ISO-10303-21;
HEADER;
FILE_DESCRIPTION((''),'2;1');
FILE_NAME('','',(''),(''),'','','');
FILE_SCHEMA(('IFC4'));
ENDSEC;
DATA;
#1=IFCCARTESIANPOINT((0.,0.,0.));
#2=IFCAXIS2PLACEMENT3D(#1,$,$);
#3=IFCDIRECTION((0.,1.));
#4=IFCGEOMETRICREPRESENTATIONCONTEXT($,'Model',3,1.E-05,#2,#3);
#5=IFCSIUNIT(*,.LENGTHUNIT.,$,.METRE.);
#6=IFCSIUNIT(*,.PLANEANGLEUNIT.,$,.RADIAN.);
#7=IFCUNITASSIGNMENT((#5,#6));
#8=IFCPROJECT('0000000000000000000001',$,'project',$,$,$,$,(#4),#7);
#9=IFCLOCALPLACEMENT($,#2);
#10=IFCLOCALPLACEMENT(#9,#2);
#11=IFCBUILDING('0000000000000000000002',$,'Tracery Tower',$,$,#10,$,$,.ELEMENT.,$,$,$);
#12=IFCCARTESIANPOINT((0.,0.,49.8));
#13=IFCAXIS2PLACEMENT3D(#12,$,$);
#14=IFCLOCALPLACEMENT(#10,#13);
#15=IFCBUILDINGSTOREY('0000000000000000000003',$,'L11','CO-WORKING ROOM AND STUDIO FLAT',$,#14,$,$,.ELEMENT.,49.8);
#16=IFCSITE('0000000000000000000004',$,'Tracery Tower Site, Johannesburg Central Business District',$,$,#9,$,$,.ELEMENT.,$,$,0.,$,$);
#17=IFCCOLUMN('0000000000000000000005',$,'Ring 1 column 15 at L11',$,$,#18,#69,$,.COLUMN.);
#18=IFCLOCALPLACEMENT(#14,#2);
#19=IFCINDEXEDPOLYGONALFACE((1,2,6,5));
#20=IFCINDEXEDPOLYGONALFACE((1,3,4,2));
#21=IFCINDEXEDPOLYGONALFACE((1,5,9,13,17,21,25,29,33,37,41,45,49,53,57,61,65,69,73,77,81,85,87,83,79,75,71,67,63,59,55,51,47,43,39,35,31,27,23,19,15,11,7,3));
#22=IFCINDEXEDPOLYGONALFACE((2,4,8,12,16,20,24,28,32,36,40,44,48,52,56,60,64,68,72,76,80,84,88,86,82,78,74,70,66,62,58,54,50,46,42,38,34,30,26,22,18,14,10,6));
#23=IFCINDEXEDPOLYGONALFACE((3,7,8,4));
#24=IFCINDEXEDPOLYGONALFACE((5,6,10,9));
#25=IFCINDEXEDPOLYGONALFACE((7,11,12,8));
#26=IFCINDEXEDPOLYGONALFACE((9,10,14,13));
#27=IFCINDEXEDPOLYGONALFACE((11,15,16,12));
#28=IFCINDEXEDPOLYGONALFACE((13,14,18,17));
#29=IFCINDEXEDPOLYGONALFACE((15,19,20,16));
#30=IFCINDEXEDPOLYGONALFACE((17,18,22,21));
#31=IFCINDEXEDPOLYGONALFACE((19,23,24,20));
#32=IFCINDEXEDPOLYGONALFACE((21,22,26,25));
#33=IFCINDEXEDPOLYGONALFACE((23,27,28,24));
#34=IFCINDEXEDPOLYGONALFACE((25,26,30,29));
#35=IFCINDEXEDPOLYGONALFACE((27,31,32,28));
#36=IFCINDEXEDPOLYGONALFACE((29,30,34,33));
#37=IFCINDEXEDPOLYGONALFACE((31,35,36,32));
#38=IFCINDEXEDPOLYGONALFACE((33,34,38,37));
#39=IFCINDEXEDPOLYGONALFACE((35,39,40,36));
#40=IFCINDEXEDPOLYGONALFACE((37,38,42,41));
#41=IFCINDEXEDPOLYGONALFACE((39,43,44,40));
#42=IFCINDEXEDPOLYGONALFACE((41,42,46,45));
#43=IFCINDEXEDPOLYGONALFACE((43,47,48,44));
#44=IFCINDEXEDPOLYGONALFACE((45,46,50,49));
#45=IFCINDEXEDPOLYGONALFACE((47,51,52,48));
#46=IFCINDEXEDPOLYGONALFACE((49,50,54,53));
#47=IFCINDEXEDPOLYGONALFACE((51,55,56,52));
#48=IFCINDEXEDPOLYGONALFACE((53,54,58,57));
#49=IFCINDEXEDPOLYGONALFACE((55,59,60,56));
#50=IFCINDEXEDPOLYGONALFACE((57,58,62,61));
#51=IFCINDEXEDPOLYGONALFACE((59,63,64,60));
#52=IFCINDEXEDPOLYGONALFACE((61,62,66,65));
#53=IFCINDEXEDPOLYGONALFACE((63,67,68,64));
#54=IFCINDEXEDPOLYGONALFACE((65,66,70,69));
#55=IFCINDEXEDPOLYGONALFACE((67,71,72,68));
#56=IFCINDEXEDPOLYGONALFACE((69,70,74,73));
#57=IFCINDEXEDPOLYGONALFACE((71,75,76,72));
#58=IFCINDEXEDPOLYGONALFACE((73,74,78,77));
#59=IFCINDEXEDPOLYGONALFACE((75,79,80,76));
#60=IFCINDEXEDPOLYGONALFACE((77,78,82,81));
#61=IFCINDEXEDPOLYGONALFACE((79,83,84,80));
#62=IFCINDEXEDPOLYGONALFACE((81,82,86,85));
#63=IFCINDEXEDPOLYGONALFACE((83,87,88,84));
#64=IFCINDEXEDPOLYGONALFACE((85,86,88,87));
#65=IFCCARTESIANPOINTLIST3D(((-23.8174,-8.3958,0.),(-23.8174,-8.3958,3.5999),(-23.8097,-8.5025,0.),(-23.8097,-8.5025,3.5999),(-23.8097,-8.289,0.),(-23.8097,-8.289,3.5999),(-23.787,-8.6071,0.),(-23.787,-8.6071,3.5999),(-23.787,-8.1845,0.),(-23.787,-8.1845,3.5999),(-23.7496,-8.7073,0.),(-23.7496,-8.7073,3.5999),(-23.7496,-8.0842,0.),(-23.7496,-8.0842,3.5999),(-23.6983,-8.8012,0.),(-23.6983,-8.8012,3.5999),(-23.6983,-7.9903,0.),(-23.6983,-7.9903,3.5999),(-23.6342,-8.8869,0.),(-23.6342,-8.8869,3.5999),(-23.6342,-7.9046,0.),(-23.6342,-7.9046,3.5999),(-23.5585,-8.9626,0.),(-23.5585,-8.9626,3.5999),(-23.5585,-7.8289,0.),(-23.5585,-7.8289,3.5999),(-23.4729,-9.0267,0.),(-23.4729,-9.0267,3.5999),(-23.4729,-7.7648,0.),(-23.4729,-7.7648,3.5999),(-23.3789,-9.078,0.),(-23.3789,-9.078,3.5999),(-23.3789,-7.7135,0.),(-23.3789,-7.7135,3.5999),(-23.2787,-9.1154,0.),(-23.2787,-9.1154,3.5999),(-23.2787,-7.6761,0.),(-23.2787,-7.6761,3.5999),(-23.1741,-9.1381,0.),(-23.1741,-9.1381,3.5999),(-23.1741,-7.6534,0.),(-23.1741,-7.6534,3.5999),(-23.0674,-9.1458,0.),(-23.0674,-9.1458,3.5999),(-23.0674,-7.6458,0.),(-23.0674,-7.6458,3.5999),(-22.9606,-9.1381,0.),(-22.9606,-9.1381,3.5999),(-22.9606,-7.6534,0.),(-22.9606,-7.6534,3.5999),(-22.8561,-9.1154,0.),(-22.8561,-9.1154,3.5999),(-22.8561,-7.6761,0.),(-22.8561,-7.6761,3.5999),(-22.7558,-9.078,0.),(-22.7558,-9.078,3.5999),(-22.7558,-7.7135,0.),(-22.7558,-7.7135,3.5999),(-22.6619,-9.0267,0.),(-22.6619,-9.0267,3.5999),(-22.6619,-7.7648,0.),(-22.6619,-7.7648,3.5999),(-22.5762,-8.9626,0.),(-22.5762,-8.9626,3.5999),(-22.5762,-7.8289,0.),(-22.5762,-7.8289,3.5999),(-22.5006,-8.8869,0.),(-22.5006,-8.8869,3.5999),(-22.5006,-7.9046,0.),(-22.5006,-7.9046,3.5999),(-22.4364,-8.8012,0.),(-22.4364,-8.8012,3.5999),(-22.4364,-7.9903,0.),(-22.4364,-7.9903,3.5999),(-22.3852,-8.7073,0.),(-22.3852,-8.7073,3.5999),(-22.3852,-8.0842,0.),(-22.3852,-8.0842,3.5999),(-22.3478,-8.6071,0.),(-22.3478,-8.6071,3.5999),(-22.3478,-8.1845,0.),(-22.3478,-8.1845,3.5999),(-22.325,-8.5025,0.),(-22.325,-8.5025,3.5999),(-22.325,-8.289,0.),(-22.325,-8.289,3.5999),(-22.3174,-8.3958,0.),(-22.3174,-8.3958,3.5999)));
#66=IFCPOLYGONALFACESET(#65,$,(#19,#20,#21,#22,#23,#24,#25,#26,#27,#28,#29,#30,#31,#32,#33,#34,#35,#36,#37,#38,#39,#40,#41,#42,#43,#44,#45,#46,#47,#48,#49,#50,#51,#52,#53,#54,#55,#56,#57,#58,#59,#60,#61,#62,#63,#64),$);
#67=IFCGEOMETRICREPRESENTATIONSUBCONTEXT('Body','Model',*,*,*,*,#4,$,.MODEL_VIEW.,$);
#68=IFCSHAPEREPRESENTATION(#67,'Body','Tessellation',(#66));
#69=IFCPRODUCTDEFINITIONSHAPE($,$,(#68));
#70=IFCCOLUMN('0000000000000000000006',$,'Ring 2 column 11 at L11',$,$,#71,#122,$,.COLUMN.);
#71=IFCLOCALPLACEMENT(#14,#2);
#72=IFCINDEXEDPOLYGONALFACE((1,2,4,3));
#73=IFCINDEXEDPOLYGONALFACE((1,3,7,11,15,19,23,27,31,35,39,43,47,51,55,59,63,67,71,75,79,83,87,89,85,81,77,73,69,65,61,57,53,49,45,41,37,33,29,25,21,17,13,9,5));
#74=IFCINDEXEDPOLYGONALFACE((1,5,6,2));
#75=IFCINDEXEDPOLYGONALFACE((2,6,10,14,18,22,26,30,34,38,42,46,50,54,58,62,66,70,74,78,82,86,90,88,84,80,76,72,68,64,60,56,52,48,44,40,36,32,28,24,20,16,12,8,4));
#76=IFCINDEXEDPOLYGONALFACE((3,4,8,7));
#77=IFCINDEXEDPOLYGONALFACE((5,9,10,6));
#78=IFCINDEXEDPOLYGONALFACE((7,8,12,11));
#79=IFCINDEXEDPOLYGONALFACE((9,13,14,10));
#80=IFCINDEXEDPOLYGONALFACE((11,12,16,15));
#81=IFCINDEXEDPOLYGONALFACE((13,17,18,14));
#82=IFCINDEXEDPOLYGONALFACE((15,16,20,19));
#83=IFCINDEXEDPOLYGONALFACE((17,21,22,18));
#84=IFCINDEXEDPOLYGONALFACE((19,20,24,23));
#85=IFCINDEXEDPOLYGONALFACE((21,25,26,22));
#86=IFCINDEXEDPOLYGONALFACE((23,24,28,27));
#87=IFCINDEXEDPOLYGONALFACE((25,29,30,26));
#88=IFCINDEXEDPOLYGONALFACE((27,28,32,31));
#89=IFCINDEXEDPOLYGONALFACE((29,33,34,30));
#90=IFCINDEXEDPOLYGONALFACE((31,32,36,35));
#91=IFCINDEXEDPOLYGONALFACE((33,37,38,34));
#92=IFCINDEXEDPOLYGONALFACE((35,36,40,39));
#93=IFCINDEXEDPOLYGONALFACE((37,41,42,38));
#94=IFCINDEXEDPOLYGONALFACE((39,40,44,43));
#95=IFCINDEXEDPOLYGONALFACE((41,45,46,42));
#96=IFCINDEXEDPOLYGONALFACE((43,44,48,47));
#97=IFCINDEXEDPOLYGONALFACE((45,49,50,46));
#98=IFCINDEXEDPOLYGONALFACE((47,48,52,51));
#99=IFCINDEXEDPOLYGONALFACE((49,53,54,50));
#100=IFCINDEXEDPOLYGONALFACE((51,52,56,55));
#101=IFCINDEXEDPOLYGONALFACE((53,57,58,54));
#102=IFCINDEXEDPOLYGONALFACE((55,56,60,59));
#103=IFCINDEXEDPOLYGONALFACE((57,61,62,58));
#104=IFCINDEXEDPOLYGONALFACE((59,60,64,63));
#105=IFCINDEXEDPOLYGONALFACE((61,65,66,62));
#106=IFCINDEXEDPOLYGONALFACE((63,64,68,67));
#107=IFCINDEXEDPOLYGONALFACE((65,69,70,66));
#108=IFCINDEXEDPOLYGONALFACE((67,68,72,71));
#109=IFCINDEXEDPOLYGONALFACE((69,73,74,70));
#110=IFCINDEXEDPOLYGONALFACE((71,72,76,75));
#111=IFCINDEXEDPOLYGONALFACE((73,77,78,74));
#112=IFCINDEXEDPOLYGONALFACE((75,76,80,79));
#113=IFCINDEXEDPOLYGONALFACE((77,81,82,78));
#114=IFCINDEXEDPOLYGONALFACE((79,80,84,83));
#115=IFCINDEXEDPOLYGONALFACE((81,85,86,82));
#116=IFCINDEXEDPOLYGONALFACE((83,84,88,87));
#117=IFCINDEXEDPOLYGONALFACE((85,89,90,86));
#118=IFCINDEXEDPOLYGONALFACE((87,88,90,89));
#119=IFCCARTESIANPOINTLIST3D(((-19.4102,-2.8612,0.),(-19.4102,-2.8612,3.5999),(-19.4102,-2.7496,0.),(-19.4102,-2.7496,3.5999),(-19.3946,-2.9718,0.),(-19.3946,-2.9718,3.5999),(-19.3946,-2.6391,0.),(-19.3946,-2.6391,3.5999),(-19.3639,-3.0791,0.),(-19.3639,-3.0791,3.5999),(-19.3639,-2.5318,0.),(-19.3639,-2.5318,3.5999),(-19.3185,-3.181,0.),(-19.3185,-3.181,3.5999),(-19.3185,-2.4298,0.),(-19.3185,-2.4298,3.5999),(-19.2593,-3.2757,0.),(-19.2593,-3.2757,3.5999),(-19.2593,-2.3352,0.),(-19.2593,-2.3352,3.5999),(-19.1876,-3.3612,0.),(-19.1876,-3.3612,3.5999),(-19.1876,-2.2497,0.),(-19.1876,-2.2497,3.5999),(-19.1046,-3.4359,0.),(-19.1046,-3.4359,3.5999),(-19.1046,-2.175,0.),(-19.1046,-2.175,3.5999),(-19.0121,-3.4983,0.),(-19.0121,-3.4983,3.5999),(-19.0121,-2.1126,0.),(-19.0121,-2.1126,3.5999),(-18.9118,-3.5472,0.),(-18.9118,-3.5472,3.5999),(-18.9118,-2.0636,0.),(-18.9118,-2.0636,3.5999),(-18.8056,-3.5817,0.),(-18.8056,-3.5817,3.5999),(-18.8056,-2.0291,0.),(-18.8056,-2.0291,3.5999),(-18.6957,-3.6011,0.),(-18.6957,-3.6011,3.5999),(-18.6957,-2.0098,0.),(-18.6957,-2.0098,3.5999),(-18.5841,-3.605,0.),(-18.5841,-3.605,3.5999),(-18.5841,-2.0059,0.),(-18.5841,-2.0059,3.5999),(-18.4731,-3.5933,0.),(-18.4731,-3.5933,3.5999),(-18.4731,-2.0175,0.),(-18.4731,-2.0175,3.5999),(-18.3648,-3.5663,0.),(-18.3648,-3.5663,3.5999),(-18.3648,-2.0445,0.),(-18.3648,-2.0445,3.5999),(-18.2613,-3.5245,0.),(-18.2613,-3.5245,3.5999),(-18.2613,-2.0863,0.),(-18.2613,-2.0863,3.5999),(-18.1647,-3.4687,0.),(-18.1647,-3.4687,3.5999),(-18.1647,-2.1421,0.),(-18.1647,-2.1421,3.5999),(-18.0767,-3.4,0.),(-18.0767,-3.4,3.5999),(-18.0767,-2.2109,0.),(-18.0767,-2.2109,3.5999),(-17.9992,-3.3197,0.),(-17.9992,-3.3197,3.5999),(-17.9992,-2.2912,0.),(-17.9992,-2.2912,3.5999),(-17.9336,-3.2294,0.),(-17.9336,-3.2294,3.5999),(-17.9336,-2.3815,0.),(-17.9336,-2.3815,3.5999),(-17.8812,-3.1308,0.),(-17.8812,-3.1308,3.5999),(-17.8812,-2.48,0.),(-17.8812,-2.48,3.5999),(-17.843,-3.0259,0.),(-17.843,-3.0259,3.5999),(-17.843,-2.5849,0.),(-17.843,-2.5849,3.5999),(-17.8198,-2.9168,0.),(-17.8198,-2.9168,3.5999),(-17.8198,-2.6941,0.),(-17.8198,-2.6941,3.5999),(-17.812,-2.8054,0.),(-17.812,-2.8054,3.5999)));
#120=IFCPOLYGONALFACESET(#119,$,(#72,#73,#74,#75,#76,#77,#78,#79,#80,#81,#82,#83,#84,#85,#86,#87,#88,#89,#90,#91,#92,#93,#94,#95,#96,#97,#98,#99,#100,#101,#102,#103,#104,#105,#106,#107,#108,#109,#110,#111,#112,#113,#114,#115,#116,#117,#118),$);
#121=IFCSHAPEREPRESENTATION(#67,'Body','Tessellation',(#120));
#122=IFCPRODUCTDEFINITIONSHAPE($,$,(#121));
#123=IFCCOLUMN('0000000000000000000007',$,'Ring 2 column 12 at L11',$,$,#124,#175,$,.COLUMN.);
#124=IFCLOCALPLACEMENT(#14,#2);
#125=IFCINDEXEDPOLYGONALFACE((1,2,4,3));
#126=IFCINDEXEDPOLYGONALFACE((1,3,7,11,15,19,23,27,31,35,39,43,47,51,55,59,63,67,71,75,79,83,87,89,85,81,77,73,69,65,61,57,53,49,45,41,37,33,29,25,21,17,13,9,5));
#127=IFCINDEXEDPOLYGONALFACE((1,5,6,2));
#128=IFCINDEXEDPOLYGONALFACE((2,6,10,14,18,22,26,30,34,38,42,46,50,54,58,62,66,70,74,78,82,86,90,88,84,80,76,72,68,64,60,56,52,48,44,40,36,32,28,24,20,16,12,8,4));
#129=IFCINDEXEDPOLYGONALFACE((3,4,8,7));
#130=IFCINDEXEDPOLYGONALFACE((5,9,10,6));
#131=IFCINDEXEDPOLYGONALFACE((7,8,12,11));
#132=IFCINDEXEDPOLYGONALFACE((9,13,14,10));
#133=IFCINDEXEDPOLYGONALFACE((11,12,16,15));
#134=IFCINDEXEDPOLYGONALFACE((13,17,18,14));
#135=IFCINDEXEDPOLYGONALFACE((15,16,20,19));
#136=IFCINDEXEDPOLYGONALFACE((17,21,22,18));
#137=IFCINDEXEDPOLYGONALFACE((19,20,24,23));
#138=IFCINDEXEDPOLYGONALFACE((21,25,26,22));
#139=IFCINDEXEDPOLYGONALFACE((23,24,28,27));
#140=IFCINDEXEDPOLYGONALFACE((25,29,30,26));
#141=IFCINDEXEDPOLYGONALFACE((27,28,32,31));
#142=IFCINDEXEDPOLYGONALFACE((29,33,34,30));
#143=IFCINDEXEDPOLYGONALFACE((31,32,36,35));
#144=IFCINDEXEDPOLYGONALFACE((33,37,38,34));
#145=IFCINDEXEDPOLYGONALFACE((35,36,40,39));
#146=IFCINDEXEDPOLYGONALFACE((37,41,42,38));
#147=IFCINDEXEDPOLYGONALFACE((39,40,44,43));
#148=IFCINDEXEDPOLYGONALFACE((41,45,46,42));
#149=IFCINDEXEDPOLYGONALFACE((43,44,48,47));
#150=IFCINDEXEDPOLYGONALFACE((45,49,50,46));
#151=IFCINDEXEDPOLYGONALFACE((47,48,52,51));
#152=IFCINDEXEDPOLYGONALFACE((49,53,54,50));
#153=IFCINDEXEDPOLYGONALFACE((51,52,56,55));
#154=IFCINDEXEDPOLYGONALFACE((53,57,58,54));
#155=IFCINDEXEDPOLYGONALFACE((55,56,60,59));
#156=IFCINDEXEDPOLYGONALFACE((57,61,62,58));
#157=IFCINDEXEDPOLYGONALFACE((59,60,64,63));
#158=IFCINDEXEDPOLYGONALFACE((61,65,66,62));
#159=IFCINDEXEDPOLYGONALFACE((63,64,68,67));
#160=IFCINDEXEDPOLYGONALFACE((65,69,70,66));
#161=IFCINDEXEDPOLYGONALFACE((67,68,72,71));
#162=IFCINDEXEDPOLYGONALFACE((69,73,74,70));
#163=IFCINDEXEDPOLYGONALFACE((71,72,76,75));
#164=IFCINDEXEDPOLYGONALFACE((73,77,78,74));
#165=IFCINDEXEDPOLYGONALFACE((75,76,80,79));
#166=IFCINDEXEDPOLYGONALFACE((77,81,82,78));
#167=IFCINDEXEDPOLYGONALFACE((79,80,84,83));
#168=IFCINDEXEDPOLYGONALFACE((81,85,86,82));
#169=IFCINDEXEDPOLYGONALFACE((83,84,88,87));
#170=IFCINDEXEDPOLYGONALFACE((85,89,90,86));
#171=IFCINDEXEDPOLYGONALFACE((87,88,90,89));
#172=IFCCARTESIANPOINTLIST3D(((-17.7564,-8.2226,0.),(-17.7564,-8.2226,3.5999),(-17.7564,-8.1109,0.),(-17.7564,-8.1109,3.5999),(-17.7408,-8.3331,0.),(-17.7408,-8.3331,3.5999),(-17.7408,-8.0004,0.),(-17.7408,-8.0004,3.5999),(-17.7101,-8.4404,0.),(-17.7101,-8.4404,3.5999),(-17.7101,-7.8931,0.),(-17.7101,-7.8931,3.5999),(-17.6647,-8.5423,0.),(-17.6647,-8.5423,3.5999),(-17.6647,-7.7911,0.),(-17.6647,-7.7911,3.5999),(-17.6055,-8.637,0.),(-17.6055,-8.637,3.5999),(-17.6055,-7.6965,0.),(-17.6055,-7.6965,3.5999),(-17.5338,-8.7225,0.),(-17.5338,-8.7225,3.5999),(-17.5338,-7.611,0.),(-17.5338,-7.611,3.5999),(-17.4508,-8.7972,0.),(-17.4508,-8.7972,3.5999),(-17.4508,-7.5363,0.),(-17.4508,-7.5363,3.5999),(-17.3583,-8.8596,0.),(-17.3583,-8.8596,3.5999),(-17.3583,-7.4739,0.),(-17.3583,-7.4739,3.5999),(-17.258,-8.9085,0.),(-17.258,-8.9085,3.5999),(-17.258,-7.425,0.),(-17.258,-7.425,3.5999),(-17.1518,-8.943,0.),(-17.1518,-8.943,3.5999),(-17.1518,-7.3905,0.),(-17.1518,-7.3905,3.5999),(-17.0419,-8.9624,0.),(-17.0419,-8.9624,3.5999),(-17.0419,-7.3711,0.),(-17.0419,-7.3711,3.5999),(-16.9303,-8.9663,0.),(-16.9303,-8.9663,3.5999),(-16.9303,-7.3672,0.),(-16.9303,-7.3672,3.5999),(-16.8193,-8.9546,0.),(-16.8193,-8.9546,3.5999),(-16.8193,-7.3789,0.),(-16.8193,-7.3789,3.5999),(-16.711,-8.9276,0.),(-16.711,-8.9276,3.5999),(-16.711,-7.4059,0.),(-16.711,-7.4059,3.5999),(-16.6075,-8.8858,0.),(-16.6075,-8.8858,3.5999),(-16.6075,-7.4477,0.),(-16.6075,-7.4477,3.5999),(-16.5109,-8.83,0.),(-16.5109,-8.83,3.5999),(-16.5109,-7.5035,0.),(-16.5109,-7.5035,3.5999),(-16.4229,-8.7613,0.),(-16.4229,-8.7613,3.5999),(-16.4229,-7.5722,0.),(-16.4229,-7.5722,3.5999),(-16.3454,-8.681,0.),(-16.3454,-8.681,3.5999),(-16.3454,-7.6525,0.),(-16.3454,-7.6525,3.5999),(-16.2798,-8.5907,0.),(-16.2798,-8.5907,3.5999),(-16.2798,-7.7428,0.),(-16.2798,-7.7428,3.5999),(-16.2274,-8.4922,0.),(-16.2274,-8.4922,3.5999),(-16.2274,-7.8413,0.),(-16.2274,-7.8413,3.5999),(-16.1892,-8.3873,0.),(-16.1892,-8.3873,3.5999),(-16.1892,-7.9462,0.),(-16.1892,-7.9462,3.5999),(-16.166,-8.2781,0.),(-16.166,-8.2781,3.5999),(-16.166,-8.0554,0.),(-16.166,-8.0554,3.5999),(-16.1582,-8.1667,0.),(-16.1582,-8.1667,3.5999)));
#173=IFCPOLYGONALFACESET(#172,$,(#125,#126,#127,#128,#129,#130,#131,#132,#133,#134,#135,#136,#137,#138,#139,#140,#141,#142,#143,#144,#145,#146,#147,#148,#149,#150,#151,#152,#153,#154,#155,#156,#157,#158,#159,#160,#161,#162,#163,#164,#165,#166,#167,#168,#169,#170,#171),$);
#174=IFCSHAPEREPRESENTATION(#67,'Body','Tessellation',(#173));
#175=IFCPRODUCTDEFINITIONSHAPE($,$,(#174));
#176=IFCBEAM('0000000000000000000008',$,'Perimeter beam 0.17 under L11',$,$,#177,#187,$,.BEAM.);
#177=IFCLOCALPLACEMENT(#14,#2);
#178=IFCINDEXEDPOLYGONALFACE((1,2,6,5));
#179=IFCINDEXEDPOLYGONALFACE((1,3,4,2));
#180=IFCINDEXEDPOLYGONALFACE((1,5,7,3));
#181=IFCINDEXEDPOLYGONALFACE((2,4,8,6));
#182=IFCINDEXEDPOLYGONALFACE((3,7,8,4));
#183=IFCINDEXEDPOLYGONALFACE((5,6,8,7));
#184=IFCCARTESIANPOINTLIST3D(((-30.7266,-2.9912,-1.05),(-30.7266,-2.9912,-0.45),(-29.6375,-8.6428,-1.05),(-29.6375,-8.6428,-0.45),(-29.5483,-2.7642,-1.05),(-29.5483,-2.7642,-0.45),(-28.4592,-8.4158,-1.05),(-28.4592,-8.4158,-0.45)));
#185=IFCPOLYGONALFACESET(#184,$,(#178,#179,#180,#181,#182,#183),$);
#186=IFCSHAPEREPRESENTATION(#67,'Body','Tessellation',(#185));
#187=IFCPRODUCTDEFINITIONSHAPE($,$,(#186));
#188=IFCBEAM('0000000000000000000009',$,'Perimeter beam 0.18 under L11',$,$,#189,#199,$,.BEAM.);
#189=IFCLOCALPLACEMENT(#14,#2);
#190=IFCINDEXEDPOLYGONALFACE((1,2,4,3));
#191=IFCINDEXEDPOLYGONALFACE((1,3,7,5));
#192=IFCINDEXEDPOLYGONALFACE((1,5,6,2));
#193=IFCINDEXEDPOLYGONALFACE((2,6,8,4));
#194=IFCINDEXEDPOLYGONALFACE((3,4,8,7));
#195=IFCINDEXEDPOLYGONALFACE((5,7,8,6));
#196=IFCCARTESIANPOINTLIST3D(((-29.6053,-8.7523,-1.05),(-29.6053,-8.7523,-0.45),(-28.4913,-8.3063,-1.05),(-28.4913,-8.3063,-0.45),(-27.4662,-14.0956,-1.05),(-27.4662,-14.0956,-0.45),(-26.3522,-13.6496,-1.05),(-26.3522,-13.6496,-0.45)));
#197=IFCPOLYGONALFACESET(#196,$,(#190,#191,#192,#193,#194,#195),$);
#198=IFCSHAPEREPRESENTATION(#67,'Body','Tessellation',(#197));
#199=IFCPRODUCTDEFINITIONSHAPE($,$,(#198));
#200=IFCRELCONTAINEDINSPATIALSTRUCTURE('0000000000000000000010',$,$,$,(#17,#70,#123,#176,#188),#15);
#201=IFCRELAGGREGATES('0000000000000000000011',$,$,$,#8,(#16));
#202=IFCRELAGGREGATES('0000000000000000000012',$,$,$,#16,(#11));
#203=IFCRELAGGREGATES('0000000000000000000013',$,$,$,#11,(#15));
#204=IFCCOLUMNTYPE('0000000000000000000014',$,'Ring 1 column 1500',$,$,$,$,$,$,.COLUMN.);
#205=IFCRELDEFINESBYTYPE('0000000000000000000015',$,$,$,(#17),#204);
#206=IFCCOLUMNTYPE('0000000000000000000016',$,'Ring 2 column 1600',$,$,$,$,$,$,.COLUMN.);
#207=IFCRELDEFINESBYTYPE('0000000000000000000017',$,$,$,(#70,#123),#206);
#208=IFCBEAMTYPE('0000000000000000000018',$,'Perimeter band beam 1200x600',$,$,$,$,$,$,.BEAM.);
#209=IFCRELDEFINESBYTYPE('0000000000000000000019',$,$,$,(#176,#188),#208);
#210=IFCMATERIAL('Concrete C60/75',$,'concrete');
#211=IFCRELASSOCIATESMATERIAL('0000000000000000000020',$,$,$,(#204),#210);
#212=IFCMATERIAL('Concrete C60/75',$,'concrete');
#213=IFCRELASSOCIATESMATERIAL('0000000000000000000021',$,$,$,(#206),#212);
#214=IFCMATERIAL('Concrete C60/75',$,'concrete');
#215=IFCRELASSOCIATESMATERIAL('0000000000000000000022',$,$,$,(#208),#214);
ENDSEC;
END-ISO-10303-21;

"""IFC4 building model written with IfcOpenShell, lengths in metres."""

from ifc_helpers import new_model, si_unit, direction, frame, origin, origin_2d, place, context, subcontext, project, spatial, rectangle, circle, extrude, material, material_profile, profile_set, type_object, element, save


model = new_model("IFC4")

# Units and contexts
model_context = context("Model", 3, precision=1e-05, world=origin(), true_north=direction((0.0, 1.0)))
body_context = subcontext(model_context, "Body", "Model", "MODEL_VIEW")
ifc_project = project(units=[si_unit("LENGTHUNIT", "METRE"), si_unit("PLANEANGLEUNIT", "RADIAN")], contexts=[model_context])

# Site, building, storey
site_placement = place(None, origin())
site = spatial("IfcSite", under=ifc_project, at=site_placement, Name="Tracery Tower Site, Johannesburg Central Business District", CompositionType="ELEMENT", RefElevation=0.0)
building_placement = place(site_placement, origin())
building = spatial("IfcBuilding", under=site, at=building_placement, Name="Tracery Tower", CompositionType="ELEMENT")
storey_placement = place(building_placement, frame((0.0, 0.0, 49.8)))
storey = spatial("IfcBuildingStorey", under=building, at=storey_placement, Name="L11", Description="CO-WORKING ROOM AND STUDIO FLAT", CompositionType="ELEMENT", Elevation=49.8)

# Columns
ifc_material_1 = material(Name="Concrete C60/75", Category="concrete")
ifc_material_profile_1 = material_profile(ifc_material_1, circle(Radius=0.75, at=origin_2d()), Name="RC D1500")
ifc_profile_set_1 = profile_set([ifc_material_profile_1], Name="Concrete C60/75")
column_type_1 = type_object("IfcColumnType", Name="Ring 1 column 1500", PredefinedType="COLUMN", material=ifc_profile_set_1)
for number, where, z_axis, x_axis, name in (
    (1, (-23.0674, -8.3958, 0.0), (0.0, 0.0, 1.0), (1.0, 0.0, 0.0), "Ring 1 column 15 at L11"),
):
    element("IfcColumn", number, at=place(storey_placement, frame(where, z_axis=z_axis, x_axis=x_axis)), inside=storey, type_object=column_type_1, Name=name, PredefinedType="COLUMN", context=body_context, shape_type="SweptSolid", body=[
        extrude(circle(Radius=0.75, at=origin_2d()), origin(), (0.0, 0.0, 1.0), 3.5999),
    ])
ifc_material_2 = material(Name="Concrete C60/75", Category="concrete")
ifc_material_profile_2 = material_profile(ifc_material_2, circle(Radius=0.8, at=origin_2d()), Name="RC D1600")
ifc_profile_set_2 = profile_set([ifc_material_profile_2], Name="Concrete C60/75")
column_type_2 = type_object("IfcColumnType", Name="Ring 2 column 1600", PredefinedType="COLUMN", material=ifc_profile_set_2)
for number, where, z_axis, x_axis, name in (
    (2, (-18.6121, -2.8054, 0.0), (0.0, 0.0, 1.0), (1.0, 0.0, 0.0), "Ring 2 column 11 at L11"),
    (3, (-16.9583, -8.1667, 0.0), (0.0, 0.0, 1.0), (1.0, 0.0, 0.0), "Ring 2 column 12 at L11"),
):
    element("IfcColumn", number, at=place(storey_placement, frame(where, z_axis=z_axis, x_axis=x_axis)), inside=storey, type_object=column_type_2, Name=name, PredefinedType="COLUMN", context=body_context, shape_type="SweptSolid", body=[
        extrude(circle(Radius=0.8, at=origin_2d()), origin(), (0.0, 0.0, 1.0), 3.5999),
    ])

# Beams
ifc_material_3 = material(Name="Concrete C60/75", Category="concrete")
ifc_material_profile_3 = material_profile(ifc_material_3, rectangle(XDim=1.2, YDim=0.6001, at=origin_2d()), Name="RC 1200x600")
ifc_profile_set_3 = profile_set([ifc_material_profile_3], Name="Concrete C60/75")
beam_type = type_object("IfcBeamType", Name="Perimeter band beam 1200x600", PredefinedType="BEAM", material=ifc_profile_set_3)
for number, where, z_axis, x_axis, name in (
    (4, (-30.1375, -2.8777, -0.75), (0.189227, -0.981933, 0.0), (0.981933, 0.189227, 0.0), "Perimeter beam 0.17 under L11"),
    (5, (-29.0483, -8.5293, -0.75), (0.371669, -0.928365, 0.0), (0.928365, 0.371669, 0.0), "Perimeter beam 0.18 under L11"),
):
    element("IfcBeam", number, at=place(storey_placement, frame(where, z_axis=z_axis, x_axis=x_axis)), inside=storey, type_object=beam_type, Name=name, PredefinedType="BEAM", context=body_context, shape_type="SweptSolid", body=[
        extrude(rectangle(XDim=1.2, YDim=0.6001, at=origin_2d()), origin(), (0.0, 0.0, 1.0), 5.7556),
    ])

save(model, "model.ifc")
